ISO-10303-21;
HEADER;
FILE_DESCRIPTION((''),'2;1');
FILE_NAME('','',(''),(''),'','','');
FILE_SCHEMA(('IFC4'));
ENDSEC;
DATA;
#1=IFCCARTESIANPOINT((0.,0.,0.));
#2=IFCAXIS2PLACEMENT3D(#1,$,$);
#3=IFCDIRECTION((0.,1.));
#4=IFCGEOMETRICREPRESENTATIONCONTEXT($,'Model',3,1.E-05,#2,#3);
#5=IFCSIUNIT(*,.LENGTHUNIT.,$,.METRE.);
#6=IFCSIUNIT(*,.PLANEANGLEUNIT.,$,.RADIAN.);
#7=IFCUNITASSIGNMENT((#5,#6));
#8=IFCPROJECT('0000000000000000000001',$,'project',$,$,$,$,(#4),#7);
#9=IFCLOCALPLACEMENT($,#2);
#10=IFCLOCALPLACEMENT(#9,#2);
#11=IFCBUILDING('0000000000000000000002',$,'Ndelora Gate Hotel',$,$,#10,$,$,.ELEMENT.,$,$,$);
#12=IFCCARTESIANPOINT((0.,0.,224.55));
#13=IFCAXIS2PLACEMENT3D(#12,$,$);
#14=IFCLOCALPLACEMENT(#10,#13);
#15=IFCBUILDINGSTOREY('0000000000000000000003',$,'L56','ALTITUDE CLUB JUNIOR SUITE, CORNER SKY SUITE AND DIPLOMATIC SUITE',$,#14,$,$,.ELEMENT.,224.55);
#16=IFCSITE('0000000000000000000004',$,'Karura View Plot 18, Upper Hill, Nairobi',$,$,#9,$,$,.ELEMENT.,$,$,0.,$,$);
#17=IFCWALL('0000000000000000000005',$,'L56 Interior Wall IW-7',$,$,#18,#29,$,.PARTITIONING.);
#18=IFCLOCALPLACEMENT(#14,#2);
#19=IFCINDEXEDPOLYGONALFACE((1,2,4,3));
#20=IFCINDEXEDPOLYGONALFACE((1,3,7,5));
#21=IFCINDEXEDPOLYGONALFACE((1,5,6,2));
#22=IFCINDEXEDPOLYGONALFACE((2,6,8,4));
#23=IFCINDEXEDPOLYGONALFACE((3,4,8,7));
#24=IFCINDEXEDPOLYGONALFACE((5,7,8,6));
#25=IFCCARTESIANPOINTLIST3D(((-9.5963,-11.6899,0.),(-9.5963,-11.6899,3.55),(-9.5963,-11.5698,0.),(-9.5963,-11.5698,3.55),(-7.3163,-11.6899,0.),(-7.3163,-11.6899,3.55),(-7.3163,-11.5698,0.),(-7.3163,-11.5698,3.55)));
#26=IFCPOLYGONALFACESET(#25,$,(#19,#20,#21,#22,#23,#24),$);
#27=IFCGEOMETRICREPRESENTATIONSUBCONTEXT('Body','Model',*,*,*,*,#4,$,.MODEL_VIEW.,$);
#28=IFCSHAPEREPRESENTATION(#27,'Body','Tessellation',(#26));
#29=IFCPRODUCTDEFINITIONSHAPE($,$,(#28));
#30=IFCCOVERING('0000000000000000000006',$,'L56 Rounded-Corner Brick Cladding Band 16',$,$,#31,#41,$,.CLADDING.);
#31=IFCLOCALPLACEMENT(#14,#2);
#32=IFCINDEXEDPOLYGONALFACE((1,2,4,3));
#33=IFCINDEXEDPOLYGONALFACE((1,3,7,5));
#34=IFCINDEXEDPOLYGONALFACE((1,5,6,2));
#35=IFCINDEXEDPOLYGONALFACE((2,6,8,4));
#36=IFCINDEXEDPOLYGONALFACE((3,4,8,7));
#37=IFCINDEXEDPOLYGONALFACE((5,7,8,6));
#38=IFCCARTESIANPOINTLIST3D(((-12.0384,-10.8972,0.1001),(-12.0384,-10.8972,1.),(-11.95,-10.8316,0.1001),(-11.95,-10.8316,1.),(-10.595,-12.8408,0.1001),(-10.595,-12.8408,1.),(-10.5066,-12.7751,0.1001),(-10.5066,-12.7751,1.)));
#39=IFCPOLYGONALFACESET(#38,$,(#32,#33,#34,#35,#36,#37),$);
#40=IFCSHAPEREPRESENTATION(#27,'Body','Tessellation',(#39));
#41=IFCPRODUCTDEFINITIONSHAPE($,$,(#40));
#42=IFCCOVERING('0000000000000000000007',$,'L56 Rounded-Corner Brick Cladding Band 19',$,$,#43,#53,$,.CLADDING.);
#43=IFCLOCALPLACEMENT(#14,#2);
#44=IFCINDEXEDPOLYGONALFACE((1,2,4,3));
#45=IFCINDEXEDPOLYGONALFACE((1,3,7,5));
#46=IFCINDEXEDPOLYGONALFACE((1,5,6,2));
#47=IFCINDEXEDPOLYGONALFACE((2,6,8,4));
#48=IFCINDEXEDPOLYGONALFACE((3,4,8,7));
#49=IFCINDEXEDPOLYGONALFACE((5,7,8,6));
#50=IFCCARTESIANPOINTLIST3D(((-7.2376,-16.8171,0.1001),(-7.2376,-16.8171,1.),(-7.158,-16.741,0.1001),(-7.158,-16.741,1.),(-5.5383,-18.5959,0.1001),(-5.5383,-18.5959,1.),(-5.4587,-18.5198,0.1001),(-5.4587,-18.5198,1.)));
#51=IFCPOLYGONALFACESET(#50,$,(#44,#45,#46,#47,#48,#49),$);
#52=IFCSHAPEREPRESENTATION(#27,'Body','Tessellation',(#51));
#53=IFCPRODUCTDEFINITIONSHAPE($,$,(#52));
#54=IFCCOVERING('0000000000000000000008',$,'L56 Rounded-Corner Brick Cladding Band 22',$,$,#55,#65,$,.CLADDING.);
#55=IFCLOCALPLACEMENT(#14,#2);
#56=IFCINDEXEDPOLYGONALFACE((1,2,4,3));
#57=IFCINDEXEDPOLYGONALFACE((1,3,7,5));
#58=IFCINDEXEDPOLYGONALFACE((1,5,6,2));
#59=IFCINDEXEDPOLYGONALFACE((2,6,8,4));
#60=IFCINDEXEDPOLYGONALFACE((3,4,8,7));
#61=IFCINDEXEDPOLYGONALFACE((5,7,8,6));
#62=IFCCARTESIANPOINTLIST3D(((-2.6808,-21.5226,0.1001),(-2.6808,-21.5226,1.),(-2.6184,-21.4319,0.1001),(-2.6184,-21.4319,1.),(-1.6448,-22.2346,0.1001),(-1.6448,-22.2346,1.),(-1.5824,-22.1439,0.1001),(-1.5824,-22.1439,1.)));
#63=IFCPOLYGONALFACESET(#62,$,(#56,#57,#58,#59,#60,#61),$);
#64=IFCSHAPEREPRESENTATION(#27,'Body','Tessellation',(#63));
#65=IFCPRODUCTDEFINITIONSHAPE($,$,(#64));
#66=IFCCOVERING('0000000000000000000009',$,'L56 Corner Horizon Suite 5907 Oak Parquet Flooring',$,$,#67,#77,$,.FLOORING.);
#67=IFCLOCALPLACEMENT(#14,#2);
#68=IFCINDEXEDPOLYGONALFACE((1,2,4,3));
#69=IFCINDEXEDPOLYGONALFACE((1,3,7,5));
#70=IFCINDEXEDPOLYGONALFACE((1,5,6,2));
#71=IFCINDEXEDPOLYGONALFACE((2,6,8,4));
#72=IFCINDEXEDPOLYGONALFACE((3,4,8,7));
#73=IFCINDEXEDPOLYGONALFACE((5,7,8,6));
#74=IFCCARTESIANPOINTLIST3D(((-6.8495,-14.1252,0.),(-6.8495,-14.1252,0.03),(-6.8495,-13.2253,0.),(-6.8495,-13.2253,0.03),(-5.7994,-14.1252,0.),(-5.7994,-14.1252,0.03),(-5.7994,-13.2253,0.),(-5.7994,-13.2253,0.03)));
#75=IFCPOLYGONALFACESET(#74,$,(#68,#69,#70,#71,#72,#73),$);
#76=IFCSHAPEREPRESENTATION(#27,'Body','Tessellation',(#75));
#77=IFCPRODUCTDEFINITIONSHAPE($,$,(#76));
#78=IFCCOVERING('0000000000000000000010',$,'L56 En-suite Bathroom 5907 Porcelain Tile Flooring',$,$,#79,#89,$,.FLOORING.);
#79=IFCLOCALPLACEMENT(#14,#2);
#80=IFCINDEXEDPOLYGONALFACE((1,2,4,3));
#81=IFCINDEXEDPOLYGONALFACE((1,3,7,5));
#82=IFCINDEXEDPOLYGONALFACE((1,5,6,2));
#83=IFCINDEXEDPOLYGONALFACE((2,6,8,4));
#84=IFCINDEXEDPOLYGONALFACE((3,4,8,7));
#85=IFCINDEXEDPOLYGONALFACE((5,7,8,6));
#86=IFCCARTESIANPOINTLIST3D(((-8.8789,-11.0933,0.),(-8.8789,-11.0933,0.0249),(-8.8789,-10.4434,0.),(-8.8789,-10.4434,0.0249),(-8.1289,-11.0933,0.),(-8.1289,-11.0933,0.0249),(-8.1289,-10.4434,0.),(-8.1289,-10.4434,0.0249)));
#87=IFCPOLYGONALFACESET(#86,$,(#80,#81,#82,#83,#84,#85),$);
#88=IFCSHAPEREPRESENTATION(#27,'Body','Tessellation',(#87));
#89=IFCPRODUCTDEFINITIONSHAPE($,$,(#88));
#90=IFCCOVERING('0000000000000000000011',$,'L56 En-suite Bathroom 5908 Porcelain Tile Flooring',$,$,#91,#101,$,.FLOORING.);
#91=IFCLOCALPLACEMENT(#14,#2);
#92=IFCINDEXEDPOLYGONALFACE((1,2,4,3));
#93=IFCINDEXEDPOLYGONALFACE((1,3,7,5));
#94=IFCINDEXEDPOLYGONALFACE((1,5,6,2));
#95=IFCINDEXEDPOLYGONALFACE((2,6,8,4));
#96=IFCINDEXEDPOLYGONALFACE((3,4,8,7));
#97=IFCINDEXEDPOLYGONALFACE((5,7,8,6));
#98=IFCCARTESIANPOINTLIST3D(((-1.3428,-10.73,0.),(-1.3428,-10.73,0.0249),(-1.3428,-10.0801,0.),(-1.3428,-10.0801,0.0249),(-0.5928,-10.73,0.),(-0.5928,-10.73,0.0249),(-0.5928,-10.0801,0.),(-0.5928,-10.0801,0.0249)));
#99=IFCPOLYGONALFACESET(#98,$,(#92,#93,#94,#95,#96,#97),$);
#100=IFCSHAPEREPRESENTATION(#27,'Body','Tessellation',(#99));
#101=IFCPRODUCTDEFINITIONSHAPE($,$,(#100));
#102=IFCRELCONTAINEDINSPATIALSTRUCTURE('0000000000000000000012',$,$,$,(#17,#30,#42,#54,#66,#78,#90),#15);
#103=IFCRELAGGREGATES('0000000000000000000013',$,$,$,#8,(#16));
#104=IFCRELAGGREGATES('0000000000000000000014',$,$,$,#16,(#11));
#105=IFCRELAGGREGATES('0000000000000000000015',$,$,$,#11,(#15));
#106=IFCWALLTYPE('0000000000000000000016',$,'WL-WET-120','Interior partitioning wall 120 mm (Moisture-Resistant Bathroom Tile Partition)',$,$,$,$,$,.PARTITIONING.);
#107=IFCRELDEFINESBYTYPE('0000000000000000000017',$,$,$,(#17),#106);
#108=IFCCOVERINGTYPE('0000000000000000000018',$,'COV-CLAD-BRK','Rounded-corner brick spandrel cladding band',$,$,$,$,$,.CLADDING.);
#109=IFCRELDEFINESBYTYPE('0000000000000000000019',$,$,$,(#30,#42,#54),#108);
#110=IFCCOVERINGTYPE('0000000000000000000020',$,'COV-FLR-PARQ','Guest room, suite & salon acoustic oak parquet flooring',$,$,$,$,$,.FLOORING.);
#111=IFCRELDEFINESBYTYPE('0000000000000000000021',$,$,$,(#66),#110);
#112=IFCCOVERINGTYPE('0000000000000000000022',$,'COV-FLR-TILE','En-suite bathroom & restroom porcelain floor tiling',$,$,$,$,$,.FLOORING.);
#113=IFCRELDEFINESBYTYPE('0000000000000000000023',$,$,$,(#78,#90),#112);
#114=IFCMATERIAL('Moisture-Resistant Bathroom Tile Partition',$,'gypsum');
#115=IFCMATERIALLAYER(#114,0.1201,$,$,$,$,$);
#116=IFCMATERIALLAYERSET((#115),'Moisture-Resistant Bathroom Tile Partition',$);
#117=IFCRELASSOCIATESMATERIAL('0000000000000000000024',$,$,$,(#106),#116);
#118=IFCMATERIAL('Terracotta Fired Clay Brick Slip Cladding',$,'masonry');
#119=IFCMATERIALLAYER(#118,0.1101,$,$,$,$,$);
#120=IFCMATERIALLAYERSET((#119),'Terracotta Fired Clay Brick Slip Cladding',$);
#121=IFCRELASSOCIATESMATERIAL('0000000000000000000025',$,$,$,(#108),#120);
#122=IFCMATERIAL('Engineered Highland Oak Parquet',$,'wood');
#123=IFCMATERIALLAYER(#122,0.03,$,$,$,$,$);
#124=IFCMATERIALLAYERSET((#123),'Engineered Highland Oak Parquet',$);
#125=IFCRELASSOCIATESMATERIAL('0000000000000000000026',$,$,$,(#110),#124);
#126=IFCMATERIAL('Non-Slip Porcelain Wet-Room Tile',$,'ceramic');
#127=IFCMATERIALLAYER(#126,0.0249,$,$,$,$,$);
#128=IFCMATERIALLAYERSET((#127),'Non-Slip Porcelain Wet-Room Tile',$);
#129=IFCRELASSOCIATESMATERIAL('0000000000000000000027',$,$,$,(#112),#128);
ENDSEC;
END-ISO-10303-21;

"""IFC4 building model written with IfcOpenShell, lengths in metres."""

from ifc_helpers import new_model, si_unit, direction, frame, frame_2d, origin, origin_2d, place, context, subcontext, project, spatial, rectangle, extrude, material, layer, layer_set, type_object, element, save


model = new_model("IFC4")

# Units and contexts
model_context = context("Model", 3, precision=1e-05, world=origin(), true_north=direction((0.0, 1.0)))
body_context = subcontext(model_context, "Body", "Model", "MODEL_VIEW")
ifc_project = project(units=[si_unit("LENGTHUNIT", "METRE"), si_unit("PLANEANGLEUNIT", "RADIAN")], contexts=[model_context])

# Site, building, storey
site_placement = place(None, origin())
site = spatial("IfcSite", under=ifc_project, at=site_placement, Name="Karura View Plot 18, Upper Hill, Nairobi", CompositionType="ELEMENT", RefElevation=0.0)
building_placement = place(site_placement, origin())
building = spatial("IfcBuilding", under=site, at=building_placement, Name="Ndelora Gate Hotel", CompositionType="ELEMENT")
storey_placement = place(building_placement, frame((0.0, 0.0, 224.55)))
storey = spatial("IfcBuildingStorey", under=building, at=storey_placement, Name="L56", Description="ALTITUDE CLUB JUNIOR SUITE, CORNER SKY SUITE AND DIPLOMATIC SUITE", CompositionType="ELEMENT", Elevation=224.55)

# Wall
ifc_material_1 = material(Name="Moisture-Resistant Bathroom Tile Partition", Category="gypsum")
ifc_layer_1 = layer(ifc_material_1, 0.1201)
ifc_layer_set_1 = layer_set([ifc_layer_1], Name="Moisture-Resistant Bathroom Tile Partition")
wall_type_1 = type_object("IfcWallType", Name="WL-WET-120", Description="Interior partitioning wall 120 mm (Moisture-Resistant Bathroom Tile Partition)", PredefinedType="PARTITIONING", material=ifc_layer_set_1)
wall_1_placement = place(storey_placement, frame((-7.3162, -11.6299, 0.0), z_axis=(0.0, 0.0, 1.0), x_axis=(-1.0, 0.0, 0.0)))
element("IfcWall", 1, at=wall_1_placement, inside=storey, type_object=wall_type_1, Name="L56 Interior Wall IW-7", PredefinedType="PARTITIONING", context=body_context, shape_type="SweptSolid", body=[
    extrude(rectangle(XDim=2.28, YDim=0.1201, at=frame_2d((1.1401, 0.0))), origin(), (0.0, 0.0, 1.0), 3.55),
])

# Coverings
ifc_material_2 = material(Name="Terracotta Fired Clay Brick Slip Cladding", Category="masonry")
ifc_layer_2 = layer(ifc_material_2, 0.1101)
ifc_layer_set_2 = layer_set([ifc_layer_2], Name="Terracotta Fired Clay Brick Slip Cladding")
covering_type_1 = type_object("IfcCoveringType", Name="COV-CLAD-BRK", Description="Rounded-corner brick spandrel cladding band", PredefinedType="CLADDING", material=ifc_layer_set_2)
covering_1_placement = place(storey_placement, frame((-11.2725, -11.8362, 0.1001), z_axis=(0.0, 0.0, 1.0), x_axis=(-0.596225, 0.802817, 0.0)))
element("IfcCovering", 2, at=covering_1_placement, inside=storey, type_object=covering_type_1, Name="L56 Rounded-Corner Brick Cladding Band 16", PredefinedType="CLADDING", context=body_context, shape_type="SweptSolid", body=[
    extrude(rectangle(XDim=2.4209, YDim=0.1101, at=origin_2d()), origin(), (0.0, 0.0, 1.0), 0.8999),
])
covering_2_placement = place(storey_placement, frame((-6.3481, -17.6685, 0.1001), z_axis=(0.0, 0.0, 1.0), x_axis=(-0.690756, 0.723088, 0.0)))
element("IfcCovering", 3, at=covering_2_placement, inside=storey, type_object=covering_type_1, Name="L56 Rounded-Corner Brick Cladding Band 19", PredefinedType="CLADDING", context=body_context, shape_type="SweptSolid", body=[
    extrude(rectangle(XDim=2.46, YDim=0.1101, at=origin_2d()), origin(), (0.0, 0.0, 1.0), 0.8999),
])
covering_3_placement = place(storey_placement, frame((-2.1316, -21.8333, 0.1001), z_axis=(0.0, 0.0, 1.0), x_axis=(-0.824126, 0.566406, 0.0)))
element("IfcCovering", 4, at=covering_3_placement, inside=storey, type_object=covering_type_1, Name="L56 Rounded-Corner Brick Cladding Band 22", PredefinedType="CLADDING", context=body_context, shape_type="SweptSolid", body=[
    extrude(rectangle(XDim=1.2571, YDim=0.1101, at=origin_2d()), origin(), (0.0, 0.0, 1.0), 0.8999),
])
ifc_material_3 = material(Name="Engineered Highland Oak Parquet", Category="wood")
ifc_layer_3 = layer(ifc_material_3, 0.03)
ifc_layer_set_3 = layer_set([ifc_layer_3], Name="Engineered Highland Oak Parquet")
covering_type_2 = type_object("IfcCoveringType", Name="COV-FLR-PARQ", Description="Guest room, suite & salon acoustic oak parquet flooring", PredefinedType="FLOORING", material=ifc_layer_set_3)
covering_4_placement = place(storey_placement, frame((-6.3245, -13.6753, 0.0), z_axis=(0.0, 0.0, 1.0), x_axis=(1.0, 0.0, 0.0)))
element("IfcCovering", 5, at=covering_4_placement, inside=storey, type_object=covering_type_2, Name="L56 Corner Horizon Suite 5907 Oak Parquet Flooring", PredefinedType="FLOORING", context=body_context, shape_type="SweptSolid", body=[
    extrude(rectangle(XDim=1.05, YDim=0.8999, at=origin_2d()), origin(), (0.0, 0.0, 1.0), 0.03),
])
ifc_material_4 = material(Name="Non-Slip Porcelain Wet-Room Tile", Category="ceramic")
ifc_layer_4 = layer(ifc_material_4, 0.0249)
ifc_layer_set_4 = layer_set([ifc_layer_4], Name="Non-Slip Porcelain Wet-Room Tile")
covering_type_3 = type_object("IfcCoveringType", Name="COV-FLR-TILE", Description="En-suite bathroom & restroom porcelain floor tiling", PredefinedType="FLOORING", material=ifc_layer_set_4)
for number, where, z_axis, x_axis, name in (
    (6, (-8.5039, -10.7683, 0.0), (0.0, 0.0, 1.0), (1.0, 0.0, 0.0), "L56 En-suite Bathroom 5907 Porcelain Tile Flooring"),
    (7, (-0.9678, -10.405, 0.0), (0.0, 0.0, 1.0), (1.0, 0.0, 0.0), "L56 En-suite Bathroom 5908 Porcelain Tile Flooring"),
):
    element("IfcCovering", number, at=place(storey_placement, frame(where, z_axis=z_axis, x_axis=x_axis)), inside=storey, type_object=covering_type_3, Name=name, PredefinedType="FLOORING", context=body_context, shape_type="SweptSolid", body=[
        extrude(rectangle(XDim=0.75, YDim=0.6499, at=origin_2d()), origin(), (0.0, 0.0, 1.0), 0.0249),
    ])

save(model, "model.ifc")
